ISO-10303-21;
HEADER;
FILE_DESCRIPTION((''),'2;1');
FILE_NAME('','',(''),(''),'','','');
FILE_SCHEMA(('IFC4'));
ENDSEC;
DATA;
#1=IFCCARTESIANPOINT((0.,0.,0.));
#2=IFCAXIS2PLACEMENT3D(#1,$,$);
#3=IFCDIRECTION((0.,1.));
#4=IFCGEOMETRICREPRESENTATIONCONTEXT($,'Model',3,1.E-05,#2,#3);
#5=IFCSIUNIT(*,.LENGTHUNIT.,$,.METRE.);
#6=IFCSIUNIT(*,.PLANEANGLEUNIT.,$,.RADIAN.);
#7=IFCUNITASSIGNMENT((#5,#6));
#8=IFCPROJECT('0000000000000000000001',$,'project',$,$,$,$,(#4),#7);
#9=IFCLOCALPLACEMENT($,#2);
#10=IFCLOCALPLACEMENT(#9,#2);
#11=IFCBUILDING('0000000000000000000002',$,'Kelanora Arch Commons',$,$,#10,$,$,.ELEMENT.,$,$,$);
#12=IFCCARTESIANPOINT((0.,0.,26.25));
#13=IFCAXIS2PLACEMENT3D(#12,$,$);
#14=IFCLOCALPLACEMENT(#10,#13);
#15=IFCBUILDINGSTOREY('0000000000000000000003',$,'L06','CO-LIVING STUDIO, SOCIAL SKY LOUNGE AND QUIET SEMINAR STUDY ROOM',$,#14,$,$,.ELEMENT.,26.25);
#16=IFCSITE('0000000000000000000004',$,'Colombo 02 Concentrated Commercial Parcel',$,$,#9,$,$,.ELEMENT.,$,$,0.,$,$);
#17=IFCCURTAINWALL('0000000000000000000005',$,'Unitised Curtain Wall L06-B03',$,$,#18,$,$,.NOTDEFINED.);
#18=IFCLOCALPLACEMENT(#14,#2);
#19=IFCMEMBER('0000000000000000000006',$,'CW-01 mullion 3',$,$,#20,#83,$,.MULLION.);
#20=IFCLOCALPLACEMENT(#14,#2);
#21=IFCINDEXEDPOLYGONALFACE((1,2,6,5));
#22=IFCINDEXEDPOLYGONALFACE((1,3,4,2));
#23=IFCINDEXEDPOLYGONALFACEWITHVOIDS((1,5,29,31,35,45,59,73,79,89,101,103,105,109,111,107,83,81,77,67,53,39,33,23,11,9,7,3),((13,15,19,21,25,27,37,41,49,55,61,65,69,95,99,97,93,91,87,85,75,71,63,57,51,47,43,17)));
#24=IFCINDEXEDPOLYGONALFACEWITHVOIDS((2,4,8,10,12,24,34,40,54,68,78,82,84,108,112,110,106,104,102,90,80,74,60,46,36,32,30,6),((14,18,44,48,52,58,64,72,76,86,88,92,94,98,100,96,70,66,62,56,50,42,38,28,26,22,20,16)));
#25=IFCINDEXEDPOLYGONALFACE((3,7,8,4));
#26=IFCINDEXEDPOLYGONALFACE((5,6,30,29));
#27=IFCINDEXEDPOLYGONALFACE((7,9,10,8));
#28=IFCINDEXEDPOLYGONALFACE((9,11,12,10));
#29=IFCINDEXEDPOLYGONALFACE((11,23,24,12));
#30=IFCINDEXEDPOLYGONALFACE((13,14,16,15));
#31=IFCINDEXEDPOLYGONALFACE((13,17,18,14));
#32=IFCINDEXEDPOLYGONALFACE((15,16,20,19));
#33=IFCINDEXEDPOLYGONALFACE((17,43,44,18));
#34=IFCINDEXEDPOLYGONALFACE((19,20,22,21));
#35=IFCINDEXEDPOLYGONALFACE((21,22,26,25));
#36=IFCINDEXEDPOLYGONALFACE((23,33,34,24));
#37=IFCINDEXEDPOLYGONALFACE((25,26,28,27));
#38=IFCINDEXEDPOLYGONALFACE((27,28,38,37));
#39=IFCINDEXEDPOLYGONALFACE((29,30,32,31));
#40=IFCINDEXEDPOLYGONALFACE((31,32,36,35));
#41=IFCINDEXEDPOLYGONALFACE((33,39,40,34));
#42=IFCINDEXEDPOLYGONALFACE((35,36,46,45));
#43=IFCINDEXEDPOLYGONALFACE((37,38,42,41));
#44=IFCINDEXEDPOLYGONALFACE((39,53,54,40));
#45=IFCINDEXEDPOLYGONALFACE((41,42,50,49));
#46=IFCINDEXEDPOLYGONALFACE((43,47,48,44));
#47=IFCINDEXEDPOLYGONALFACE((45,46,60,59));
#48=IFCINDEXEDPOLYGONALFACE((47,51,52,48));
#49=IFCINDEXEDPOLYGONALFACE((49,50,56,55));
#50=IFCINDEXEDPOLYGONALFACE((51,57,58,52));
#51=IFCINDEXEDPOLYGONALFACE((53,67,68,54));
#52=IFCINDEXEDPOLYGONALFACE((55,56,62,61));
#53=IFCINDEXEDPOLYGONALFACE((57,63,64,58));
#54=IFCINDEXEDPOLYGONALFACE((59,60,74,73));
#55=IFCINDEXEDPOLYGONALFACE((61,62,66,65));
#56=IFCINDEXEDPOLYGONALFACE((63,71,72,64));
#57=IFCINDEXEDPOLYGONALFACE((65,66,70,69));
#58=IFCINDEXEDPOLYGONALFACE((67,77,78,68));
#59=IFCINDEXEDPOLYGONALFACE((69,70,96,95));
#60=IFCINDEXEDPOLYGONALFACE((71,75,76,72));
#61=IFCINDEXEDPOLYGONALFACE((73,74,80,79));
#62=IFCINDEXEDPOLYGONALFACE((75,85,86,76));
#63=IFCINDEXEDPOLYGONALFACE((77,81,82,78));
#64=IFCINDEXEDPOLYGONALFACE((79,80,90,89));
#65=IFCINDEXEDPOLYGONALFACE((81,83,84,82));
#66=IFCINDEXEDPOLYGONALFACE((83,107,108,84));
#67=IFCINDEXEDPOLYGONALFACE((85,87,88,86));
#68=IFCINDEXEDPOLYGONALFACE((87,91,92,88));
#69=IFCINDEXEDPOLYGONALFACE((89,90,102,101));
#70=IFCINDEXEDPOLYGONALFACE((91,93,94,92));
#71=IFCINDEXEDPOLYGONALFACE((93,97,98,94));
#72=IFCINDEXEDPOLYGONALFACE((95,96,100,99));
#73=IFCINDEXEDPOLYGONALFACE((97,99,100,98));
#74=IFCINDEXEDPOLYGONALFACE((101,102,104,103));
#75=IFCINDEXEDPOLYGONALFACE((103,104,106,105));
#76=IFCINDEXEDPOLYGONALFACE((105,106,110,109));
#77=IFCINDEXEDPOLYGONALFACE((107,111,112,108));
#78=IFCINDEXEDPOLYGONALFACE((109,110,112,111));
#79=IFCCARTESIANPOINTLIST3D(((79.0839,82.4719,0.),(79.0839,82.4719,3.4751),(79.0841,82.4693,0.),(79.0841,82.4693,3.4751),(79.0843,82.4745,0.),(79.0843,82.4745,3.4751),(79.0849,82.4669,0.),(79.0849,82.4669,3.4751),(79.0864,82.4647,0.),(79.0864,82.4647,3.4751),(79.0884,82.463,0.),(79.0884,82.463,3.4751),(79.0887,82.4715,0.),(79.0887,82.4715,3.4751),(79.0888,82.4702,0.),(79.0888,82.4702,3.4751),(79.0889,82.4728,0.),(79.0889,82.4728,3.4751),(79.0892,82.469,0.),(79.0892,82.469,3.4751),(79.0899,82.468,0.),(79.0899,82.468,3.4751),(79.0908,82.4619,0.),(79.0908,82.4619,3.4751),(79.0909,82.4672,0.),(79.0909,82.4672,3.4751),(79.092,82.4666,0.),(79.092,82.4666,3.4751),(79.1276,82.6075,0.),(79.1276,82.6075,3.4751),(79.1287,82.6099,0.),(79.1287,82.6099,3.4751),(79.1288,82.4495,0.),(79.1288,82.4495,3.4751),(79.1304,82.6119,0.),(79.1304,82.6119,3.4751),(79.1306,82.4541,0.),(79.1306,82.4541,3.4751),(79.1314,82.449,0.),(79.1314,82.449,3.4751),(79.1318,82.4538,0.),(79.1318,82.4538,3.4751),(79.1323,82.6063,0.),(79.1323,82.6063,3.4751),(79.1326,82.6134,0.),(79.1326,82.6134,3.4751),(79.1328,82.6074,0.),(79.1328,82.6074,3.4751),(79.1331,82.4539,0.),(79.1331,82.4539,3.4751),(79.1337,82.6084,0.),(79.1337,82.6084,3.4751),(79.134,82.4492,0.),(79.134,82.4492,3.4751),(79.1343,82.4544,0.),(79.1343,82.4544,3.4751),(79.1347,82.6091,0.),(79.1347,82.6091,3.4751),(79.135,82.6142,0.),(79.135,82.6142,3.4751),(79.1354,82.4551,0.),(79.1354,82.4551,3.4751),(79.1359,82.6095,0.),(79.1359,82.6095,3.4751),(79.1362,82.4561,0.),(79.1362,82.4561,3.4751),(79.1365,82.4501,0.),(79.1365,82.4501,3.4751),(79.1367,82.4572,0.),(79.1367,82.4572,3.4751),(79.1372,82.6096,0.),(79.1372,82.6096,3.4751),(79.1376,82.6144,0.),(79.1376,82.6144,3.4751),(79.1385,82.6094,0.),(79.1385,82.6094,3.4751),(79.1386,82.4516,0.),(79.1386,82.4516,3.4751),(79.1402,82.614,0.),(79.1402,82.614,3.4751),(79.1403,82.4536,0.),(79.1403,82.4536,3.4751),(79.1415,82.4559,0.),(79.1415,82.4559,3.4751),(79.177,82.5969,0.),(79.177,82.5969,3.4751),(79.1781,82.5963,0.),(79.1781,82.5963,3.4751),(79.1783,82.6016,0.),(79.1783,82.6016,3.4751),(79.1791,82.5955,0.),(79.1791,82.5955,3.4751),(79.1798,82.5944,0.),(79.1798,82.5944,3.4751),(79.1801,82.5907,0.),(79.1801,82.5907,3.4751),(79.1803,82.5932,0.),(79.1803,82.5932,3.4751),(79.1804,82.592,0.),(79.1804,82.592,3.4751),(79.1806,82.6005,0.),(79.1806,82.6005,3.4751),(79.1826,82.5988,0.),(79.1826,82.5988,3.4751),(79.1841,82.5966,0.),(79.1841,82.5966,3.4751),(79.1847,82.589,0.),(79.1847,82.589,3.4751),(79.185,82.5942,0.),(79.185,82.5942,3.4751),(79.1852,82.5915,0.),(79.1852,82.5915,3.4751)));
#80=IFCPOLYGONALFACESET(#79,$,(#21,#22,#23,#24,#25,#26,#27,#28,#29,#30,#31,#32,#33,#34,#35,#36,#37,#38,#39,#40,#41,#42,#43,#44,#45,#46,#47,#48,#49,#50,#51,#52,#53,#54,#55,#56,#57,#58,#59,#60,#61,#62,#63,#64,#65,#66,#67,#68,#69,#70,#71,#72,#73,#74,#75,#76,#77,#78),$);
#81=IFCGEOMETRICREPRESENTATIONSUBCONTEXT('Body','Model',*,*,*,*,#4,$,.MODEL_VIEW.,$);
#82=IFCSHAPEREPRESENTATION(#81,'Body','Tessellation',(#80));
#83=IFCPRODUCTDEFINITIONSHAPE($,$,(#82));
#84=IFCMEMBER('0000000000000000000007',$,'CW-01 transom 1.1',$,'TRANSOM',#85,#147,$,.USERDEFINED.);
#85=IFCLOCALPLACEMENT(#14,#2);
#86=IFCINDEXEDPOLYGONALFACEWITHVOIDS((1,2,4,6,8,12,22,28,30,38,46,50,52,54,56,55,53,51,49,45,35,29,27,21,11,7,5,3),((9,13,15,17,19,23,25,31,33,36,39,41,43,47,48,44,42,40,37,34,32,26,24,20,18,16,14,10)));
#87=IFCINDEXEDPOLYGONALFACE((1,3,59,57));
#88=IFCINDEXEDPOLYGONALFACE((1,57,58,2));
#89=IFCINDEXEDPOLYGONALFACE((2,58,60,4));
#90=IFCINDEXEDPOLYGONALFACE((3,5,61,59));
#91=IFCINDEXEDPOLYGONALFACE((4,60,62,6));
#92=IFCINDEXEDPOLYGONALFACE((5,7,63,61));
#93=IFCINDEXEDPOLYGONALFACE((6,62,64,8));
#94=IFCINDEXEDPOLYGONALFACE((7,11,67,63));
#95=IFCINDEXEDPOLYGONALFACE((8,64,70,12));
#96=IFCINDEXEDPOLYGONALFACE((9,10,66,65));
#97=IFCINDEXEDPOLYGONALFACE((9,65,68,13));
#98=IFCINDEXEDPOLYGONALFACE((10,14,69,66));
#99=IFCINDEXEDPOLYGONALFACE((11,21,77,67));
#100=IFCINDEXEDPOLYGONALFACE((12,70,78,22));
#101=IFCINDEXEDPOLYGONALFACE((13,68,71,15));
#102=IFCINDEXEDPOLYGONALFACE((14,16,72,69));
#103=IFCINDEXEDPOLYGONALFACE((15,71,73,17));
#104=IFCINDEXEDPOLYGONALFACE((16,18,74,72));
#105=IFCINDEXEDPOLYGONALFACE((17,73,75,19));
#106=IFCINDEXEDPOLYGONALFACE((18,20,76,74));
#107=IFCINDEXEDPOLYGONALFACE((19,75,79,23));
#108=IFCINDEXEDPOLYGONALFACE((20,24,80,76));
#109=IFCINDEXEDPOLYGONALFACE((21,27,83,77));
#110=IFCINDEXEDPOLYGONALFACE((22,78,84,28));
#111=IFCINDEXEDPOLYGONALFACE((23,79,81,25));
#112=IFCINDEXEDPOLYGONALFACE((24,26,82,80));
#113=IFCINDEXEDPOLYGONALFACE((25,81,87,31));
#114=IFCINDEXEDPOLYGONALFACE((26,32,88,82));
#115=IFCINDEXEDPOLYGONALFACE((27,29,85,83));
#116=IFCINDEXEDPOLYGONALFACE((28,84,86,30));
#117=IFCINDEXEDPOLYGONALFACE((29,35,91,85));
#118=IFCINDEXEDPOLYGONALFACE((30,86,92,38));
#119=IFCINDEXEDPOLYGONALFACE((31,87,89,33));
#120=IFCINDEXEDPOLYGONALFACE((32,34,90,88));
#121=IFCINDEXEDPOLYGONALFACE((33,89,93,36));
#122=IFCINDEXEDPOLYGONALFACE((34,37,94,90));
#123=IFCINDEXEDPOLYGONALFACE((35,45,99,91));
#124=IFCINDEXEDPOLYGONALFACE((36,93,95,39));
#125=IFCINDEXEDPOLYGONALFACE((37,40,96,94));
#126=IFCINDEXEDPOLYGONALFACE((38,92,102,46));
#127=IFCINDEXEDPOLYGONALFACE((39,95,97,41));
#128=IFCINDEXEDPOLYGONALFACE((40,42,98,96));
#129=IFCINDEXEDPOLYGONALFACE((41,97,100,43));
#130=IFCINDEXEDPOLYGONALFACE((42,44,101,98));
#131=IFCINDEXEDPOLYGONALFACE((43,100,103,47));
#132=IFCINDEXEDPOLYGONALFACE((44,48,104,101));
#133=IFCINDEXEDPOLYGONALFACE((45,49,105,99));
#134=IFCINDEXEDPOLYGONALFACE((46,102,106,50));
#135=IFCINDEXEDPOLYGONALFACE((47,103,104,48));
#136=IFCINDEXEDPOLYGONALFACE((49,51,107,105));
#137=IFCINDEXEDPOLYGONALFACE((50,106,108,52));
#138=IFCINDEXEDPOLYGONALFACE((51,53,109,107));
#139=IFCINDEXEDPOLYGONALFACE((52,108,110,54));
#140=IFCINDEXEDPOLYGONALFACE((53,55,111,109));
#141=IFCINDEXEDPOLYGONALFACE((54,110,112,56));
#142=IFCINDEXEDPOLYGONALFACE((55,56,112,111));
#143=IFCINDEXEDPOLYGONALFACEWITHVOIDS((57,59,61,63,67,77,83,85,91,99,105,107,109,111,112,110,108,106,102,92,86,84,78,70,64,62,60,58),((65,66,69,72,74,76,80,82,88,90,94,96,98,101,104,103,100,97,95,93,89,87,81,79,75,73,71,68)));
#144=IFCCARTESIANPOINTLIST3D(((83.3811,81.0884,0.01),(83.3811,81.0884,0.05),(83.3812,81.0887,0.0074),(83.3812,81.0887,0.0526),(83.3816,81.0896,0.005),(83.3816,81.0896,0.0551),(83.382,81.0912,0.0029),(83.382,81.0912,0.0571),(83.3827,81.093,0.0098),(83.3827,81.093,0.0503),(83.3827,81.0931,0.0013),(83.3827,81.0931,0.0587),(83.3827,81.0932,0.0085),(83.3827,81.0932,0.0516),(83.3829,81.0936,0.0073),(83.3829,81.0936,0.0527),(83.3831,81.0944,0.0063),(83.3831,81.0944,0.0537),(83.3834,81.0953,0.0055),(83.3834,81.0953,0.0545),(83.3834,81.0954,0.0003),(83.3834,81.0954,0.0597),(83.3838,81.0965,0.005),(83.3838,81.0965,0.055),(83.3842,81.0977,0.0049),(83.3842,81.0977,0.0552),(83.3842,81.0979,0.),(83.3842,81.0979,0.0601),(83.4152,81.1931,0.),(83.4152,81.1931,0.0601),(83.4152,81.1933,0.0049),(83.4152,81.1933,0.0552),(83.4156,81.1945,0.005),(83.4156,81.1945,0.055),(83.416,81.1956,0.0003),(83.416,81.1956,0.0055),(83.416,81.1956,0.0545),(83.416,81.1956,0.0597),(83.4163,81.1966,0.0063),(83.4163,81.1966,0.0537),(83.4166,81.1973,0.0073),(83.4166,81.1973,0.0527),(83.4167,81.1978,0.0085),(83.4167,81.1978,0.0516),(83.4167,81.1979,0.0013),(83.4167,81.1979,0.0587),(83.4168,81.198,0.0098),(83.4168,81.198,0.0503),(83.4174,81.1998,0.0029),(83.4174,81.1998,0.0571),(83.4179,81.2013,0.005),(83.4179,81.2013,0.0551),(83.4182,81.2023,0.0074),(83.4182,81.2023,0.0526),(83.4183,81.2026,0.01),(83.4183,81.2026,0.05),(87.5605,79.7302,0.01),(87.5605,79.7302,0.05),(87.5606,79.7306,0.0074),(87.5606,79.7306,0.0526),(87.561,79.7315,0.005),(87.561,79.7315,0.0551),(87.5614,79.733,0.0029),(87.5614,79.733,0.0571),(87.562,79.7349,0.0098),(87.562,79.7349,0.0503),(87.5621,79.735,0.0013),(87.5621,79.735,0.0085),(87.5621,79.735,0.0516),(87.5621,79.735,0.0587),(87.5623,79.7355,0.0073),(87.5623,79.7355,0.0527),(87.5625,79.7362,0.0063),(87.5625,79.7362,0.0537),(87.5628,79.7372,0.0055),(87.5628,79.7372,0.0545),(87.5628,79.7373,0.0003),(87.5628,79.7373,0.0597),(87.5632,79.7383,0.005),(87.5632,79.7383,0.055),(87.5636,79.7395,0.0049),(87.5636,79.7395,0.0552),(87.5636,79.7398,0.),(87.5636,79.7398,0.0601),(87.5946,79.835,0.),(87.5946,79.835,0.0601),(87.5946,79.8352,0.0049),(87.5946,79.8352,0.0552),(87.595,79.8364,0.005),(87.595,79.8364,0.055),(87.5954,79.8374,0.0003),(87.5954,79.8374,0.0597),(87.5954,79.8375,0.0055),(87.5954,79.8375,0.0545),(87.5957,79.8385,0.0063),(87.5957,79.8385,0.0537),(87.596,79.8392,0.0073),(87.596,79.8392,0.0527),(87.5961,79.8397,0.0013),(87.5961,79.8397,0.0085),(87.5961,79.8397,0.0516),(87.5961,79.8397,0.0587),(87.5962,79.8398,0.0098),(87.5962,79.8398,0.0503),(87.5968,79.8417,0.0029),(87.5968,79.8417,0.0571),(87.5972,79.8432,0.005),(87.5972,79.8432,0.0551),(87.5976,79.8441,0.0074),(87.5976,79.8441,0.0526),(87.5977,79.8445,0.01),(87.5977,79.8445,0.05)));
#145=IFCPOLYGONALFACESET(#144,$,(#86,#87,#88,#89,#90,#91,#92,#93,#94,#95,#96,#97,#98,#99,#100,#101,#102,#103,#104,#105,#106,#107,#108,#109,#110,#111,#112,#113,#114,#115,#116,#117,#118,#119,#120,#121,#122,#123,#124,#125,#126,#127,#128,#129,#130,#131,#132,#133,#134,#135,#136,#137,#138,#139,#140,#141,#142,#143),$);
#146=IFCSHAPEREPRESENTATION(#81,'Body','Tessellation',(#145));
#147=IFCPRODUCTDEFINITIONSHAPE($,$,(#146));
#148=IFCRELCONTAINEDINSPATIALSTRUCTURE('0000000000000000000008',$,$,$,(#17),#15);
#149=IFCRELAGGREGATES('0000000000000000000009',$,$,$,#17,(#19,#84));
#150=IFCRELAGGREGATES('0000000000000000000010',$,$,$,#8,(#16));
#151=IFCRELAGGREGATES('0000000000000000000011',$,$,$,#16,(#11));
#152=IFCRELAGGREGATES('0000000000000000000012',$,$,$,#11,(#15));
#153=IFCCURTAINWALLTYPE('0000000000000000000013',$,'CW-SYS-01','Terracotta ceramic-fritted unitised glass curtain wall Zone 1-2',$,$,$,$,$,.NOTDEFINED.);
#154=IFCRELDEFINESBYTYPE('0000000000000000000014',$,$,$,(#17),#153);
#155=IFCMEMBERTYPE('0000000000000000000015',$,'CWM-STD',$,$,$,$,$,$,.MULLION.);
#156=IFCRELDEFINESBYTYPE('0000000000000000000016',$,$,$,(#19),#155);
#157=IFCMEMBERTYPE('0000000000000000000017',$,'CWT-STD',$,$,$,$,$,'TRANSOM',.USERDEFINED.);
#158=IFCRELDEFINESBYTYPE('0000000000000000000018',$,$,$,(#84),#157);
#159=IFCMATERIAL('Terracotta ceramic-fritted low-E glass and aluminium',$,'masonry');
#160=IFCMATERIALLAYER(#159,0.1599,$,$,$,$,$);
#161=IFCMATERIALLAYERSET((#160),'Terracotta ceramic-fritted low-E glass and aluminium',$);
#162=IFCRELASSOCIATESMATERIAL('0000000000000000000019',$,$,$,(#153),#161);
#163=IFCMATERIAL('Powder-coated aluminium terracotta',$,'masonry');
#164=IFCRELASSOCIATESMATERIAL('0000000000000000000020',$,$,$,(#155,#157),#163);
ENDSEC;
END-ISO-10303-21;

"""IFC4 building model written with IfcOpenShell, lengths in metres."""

from ifc_helpers import new_model, si_unit, direction, frame, origin, origin_2d, place, context, subcontext, project, spatial, hollow_rectangle, extrude, material, layer, layer_set, material_profile, profile_set, type_object, element, aggregate, save


model = new_model("IFC4")

# Units and contexts
model_context = context("Model", 3, precision=1e-05, world=origin(), true_north=direction((0.0, 1.0)))
body_context = subcontext(model_context, "Body", "Model", "MODEL_VIEW")
ifc_project = project(units=[si_unit("LENGTHUNIT", "METRE"), si_unit("PLANEANGLEUNIT", "RADIAN")], contexts=[model_context])

# Site, building, storey
site_placement = place(None, origin())
site = spatial("IfcSite", under=ifc_project, at=site_placement, Name="Colombo 02 Concentrated Commercial Parcel", CompositionType="ELEMENT", RefElevation=0.0)
building_placement = place(site_placement, origin())
building = spatial("IfcBuilding", under=site, at=building_placement, Name="Kelanora Arch Commons", CompositionType="ELEMENT")
storey_placement = place(building_placement, frame((0.0, 0.0, 26.25)))
storey = spatial("IfcBuildingStorey", under=building, at=storey_placement, Name="L06", Description="CO-LIVING STUDIO, SOCIAL SKY LOUNGE AND QUIET SEMINAR STUDY ROOM", CompositionType="ELEMENT", Elevation=26.25)

# Curtain wall, members
ifc_material_1 = material(Name="Terracotta ceramic-fritted low-E glass and aluminium", Category="masonry")
ifc_layer_1 = layer(ifc_material_1, 0.1599)
ifc_layer_set_1 = layer_set([ifc_layer_1], Name="Terracotta ceramic-fritted low-E glass and aluminium")
curtain_wall_type = type_object("IfcCurtainWallType", Name="CW-SYS-01", Description="Terracotta ceramic-fritted unitised glass curtain wall Zone 1-2", PredefinedType="NOTDEFINED", material=ifc_layer_set_1)
curtain_wall_placement = place(storey_placement, origin())
curtain_wall = element("IfcCurtainWall", 1, at=curtain_wall_placement, inside=storey, type_object=curtain_wall_type, Name="Unitised Curtain Wall L06-B03", PredefinedType="NOTDEFINED")
ifc_material_2 = material(Name="Powder-coated aluminium terracotta", Category="masonry")
ifc_material_profile_1 = material_profile(ifc_material_2, hollow_rectangle(XDim=0.1599, YDim=0.0601, WallThickness=0.0049, InnerFilletRadius=0.0049, OuterFilletRadius=0.01, at=origin_2d()), Name="CWM160x60")
ifc_profile_set_1 = profile_set([ifc_material_profile_1], Name="Powder-coated aluminium terracotta")
member_type_1 = type_object("IfcMemberType", Name="CWM-STD", PredefinedType="MULLION", material=ifc_profile_set_1)
member_1_placement = place(storey_placement, frame((79.1345, 82.5317, 0.0), z_axis=(0.0, 0.0, 1.0), x_axis=(-0.309058, -0.951043, 0.0)))
member_1 = element("IfcMember", 2, at=member_1_placement, type_object=member_type_1, Name="CW-01 mullion 3", PredefinedType="MULLION", context=body_context, shape_type="SweptSolid", body=[
    extrude(hollow_rectangle(XDim=0.1599, YDim=0.0601, WallThickness=0.0049, InnerFilletRadius=0.0049, OuterFilletRadius=0.01, at=origin_2d()), origin(), (0.0, 0.0, 1.0), 3.4751),
])
ifc_material_profile_2 = material_profile(ifc_material_2, hollow_rectangle(XDim=0.1201, YDim=0.0601, WallThickness=0.0049, InnerFilletRadius=0.0049, OuterFilletRadius=0.01, at=origin_2d()), Name="CWT120x60")
ifc_profile_set_2 = profile_set([ifc_material_profile_2], Name="Powder-coated aluminium terracotta")
member_type_2 = type_object("IfcMemberType", Name="CWT-STD", ElementType="TRANSOM", PredefinedType="USERDEFINED", material=ifc_profile_set_2)
member_2_placement = place(storey_placement, frame((87.5791, 79.7874, 0.03), z_axis=(-0.951045, 0.309052, 0.0), x_axis=(-0.309052, -0.951045, 0.0)))
member_2 = element("IfcMember", 3, at=member_2_placement, type_object=member_type_2, Name="CW-01 transom 1.1", ObjectType="TRANSOM", PredefinedType="USERDEFINED", context=body_context, shape_type="SweptSolid", body=[
    extrude(hollow_rectangle(XDim=0.1201, YDim=0.0601, WallThickness=0.0049, InnerFilletRadius=0.0049, OuterFilletRadius=0.01, at=origin_2d()), origin(), (0.0, 0.0, 1.0), 4.3945),
])
aggregate(curtain_wall, [member_1, member_2])

save(model, "model.ifc")
